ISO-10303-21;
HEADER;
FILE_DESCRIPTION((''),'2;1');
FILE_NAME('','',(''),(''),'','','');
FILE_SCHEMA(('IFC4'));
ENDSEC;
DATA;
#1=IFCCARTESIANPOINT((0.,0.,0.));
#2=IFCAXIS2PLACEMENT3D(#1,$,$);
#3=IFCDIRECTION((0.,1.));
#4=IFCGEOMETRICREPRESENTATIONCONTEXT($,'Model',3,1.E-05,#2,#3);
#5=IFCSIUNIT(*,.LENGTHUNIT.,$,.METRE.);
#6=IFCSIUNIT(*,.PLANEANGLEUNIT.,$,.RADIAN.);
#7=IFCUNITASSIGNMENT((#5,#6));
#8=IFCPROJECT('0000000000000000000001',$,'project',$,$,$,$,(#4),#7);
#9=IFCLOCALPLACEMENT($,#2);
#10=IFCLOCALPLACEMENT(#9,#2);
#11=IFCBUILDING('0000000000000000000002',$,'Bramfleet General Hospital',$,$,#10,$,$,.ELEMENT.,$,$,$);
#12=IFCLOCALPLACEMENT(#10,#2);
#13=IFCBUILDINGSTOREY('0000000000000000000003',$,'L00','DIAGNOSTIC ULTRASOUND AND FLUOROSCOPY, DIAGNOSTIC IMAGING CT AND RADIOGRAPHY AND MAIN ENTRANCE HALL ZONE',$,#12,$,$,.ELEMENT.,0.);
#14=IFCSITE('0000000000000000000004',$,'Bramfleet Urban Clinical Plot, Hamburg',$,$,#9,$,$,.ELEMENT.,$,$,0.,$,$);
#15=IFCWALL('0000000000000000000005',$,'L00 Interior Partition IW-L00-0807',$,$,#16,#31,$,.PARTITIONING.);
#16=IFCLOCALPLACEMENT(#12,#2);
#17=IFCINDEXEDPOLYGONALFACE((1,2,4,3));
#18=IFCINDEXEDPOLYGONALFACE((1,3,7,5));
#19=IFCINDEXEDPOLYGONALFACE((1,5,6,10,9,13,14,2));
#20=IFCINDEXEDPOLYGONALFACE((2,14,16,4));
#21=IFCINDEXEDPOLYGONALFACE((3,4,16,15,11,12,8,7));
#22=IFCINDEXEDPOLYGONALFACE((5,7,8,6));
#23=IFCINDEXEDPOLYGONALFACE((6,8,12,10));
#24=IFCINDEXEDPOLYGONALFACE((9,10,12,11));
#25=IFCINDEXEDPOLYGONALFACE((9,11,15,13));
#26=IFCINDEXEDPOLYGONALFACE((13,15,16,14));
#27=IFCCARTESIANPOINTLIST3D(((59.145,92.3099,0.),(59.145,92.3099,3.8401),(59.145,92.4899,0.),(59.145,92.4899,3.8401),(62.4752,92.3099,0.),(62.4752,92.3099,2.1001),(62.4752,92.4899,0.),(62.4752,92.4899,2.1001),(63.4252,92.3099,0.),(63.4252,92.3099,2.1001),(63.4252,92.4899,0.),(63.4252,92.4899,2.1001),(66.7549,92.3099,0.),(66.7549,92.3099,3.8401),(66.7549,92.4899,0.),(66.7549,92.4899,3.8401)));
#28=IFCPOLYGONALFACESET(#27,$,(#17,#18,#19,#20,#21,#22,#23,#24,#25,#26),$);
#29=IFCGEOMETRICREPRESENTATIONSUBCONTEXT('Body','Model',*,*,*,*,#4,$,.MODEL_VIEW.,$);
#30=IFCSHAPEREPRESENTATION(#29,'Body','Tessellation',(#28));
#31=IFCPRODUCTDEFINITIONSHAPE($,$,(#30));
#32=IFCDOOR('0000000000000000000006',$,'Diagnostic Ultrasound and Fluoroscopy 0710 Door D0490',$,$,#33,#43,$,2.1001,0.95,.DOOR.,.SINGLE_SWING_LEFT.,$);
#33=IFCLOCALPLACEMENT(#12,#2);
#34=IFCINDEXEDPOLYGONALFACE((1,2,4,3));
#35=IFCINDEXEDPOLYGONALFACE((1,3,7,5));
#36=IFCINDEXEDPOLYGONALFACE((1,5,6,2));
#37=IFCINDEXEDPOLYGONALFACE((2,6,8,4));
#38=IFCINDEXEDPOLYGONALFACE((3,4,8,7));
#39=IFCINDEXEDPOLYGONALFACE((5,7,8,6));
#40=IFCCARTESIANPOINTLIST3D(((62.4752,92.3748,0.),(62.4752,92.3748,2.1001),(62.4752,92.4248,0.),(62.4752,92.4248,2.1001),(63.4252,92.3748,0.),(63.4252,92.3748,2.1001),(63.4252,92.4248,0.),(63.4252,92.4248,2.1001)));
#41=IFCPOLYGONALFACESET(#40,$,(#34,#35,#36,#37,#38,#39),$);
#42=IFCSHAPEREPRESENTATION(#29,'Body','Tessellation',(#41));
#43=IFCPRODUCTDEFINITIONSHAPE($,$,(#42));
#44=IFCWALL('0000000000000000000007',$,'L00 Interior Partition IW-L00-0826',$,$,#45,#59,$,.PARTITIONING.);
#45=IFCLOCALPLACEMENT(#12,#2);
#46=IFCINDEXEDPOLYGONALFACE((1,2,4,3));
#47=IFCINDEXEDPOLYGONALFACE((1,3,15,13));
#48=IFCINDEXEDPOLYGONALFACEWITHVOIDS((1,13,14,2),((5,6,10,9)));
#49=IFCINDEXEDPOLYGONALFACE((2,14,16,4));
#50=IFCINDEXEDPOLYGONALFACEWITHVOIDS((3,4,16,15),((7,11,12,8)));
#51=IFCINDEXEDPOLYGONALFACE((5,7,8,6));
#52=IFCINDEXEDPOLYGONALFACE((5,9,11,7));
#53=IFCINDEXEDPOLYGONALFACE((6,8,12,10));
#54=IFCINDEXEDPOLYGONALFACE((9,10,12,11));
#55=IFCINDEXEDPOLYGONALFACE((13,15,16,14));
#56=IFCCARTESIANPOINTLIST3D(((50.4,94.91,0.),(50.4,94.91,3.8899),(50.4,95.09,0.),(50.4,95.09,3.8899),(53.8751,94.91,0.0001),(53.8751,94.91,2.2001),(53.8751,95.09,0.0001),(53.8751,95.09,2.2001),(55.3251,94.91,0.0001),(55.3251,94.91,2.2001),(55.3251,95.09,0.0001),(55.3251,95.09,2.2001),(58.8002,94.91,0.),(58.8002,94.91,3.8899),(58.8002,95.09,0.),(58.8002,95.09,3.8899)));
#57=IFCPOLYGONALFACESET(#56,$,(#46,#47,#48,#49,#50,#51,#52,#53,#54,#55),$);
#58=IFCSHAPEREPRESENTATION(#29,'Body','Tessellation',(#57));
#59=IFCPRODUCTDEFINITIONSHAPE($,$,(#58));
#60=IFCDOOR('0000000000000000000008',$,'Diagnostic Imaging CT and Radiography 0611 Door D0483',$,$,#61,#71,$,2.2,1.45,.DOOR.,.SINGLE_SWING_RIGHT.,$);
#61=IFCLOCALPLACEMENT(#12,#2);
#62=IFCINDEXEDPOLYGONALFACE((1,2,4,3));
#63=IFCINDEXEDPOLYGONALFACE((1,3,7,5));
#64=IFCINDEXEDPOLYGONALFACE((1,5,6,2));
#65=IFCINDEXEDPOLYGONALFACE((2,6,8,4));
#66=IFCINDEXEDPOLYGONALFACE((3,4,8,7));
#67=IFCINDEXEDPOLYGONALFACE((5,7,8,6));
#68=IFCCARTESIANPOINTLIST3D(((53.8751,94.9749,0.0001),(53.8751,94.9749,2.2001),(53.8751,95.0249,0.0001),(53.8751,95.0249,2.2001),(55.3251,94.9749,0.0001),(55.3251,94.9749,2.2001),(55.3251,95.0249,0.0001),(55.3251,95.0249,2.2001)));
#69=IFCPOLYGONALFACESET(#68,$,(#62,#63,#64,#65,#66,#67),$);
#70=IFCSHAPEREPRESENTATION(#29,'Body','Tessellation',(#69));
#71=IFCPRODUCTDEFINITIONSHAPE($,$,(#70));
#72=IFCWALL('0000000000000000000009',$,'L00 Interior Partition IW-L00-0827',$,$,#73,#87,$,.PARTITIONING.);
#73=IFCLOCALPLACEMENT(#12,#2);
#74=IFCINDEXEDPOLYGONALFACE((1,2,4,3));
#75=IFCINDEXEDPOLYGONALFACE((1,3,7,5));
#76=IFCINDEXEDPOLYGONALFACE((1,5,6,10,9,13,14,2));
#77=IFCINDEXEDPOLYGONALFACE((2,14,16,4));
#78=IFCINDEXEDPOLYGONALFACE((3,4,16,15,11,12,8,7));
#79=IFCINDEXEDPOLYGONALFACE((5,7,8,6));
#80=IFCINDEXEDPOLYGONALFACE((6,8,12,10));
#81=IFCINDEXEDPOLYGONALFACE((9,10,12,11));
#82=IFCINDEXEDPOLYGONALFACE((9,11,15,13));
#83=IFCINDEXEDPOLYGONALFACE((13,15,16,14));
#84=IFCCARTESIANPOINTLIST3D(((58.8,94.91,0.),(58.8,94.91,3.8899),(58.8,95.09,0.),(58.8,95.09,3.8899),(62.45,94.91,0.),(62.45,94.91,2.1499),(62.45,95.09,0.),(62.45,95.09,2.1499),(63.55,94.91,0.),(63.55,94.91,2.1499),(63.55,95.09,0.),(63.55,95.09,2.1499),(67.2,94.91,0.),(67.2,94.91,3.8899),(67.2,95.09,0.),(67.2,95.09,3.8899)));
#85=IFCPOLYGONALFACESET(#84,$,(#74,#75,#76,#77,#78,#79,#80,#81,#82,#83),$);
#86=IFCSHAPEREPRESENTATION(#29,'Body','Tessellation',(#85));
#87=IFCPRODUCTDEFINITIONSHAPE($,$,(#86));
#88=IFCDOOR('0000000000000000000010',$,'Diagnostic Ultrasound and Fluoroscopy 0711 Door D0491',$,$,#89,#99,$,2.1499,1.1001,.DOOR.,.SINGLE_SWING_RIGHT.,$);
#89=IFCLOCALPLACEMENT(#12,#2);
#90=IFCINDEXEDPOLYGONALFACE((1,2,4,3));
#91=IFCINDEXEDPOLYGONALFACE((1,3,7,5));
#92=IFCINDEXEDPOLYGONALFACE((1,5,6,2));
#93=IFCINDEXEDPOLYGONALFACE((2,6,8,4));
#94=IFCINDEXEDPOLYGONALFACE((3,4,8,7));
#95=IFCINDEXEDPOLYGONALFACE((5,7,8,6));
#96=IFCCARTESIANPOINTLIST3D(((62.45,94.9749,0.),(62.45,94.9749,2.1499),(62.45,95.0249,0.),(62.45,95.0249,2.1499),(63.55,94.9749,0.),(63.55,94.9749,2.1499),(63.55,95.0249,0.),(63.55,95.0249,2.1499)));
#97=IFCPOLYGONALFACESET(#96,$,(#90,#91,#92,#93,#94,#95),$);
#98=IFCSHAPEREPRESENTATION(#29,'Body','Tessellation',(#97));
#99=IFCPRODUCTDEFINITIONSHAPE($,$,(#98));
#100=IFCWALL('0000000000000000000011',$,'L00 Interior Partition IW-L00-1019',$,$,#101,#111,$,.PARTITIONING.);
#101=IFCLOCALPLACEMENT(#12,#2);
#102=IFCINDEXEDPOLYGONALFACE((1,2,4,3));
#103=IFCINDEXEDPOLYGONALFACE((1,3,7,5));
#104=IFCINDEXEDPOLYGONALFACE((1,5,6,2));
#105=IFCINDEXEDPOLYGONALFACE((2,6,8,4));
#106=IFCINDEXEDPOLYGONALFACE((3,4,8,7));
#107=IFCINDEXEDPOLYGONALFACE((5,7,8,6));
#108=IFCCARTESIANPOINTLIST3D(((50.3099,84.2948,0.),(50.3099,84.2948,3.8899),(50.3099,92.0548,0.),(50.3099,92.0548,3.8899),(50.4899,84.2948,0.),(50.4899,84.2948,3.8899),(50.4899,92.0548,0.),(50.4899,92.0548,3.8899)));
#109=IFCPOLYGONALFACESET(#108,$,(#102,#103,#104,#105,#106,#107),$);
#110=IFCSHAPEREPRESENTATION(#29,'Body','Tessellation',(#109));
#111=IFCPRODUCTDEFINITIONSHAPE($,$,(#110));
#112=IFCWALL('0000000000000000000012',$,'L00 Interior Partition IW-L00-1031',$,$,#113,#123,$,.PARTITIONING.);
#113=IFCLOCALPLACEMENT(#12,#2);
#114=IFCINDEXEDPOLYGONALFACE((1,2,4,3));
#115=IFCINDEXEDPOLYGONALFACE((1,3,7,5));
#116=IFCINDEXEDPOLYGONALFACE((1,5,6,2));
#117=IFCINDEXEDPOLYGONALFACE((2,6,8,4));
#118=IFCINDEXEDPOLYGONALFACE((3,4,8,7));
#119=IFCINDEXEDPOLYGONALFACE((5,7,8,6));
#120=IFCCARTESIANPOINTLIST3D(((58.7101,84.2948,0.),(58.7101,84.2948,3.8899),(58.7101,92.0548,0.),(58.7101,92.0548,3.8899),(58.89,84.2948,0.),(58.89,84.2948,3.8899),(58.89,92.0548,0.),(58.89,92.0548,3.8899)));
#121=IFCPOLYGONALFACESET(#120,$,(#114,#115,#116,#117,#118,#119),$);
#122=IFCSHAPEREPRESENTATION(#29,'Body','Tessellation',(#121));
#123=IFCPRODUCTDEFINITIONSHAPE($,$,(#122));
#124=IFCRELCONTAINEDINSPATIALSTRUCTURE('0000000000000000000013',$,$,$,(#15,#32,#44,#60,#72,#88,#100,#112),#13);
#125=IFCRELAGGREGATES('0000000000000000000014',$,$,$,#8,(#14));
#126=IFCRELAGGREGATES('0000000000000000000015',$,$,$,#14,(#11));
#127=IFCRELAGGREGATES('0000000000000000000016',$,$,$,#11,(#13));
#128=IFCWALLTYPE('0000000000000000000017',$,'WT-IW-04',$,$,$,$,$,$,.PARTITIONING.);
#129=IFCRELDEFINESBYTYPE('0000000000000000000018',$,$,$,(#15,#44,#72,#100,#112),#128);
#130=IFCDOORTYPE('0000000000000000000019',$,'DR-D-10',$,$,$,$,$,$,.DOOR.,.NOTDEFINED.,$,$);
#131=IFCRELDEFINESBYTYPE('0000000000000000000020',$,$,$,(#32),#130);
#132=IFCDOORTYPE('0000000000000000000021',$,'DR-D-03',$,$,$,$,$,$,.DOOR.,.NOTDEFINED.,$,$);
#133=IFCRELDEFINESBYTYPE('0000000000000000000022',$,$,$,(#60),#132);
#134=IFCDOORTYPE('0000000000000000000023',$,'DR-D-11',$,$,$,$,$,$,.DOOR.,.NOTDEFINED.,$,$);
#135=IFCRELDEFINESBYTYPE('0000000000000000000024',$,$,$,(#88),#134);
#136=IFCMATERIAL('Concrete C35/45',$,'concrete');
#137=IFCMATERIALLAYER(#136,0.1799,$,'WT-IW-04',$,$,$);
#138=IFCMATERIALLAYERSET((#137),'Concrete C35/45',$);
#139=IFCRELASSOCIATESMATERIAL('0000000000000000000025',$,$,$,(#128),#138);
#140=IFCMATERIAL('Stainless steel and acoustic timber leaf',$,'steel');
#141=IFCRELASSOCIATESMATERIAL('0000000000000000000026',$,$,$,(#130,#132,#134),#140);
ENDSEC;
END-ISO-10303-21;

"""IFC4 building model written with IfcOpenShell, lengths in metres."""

from ifc_helpers import new_model, si_unit, direction, frame, frame_2d, origin, place, context, subcontext, project, spatial, rectangle, extrude, material, layer, layer_set, type_object, element, fill, save


model = new_model("IFC4")

# Units and contexts
model_context = context("Model", 3, precision=1e-05, world=origin(), true_north=direction((0.0, 1.0)))
body_context = subcontext(model_context, "Body", "Model", "MODEL_VIEW")
ifc_project = project(units=[si_unit("LENGTHUNIT", "METRE"), si_unit("PLANEANGLEUNIT", "RADIAN")], contexts=[model_context])

# Site, building, storey
site_placement = place(None, origin())
site = spatial("IfcSite", under=ifc_project, at=site_placement, Name="Bramfleet Urban Clinical Plot, Hamburg", CompositionType="ELEMENT", RefElevation=0.0)
building_placement = place(site_placement, origin())
building = spatial("IfcBuilding", under=site, at=building_placement, Name="Bramfleet General Hospital", CompositionType="ELEMENT")
storey_placement = place(building_placement, origin())
storey = spatial("IfcBuildingStorey", under=building, at=storey_placement, Name="L00", Description="DIAGNOSTIC ULTRASOUND AND FLUOROSCOPY, DIAGNOSTIC IMAGING CT AND RADIOGRAPHY AND MAIN ENTRANCE HALL ZONE", CompositionType="ELEMENT", Elevation=0.0)

# Shared definitions
ifc_material_1 = material(Name="Concrete C35/45", Category="concrete")

# Shared definitions
ifc_layer = layer(ifc_material_1, 0.1799, Name="WT-IW-04")
ifc_layer_set = layer_set([ifc_layer], Name="Concrete C35/45")
wall_type = type_object("IfcWallType", Name="WT-IW-04", PredefinedType="PARTITIONING", material=ifc_layer_set)

# Walls, openings, doors
ifc_material_2 = material(Name="Stainless steel and acoustic timber leaf", Category="steel")
wall_1_placement = place(storey_placement, frame((59.145, 92.3999, 0.0), z_axis=(0.0, 0.0, 1.0), x_axis=(1.0, 0.0, 0.0)))
wall_1 = element("IfcWall", 1, at=wall_1_placement, inside=storey, type_object=wall_type, Name="L00 Interior Partition IW-L00-0807", PredefinedType="PARTITIONING", context=body_context, shape_type="SweptSolid", body=[
    extrude(rectangle(XDim=7.6099, YDim=0.1799, at=frame_2d((3.8049, 0.0))), origin(), (0.0, 0.0, 1.0), 3.8401),
])
opening_1_placement = place(wall_1_placement, frame((3.3301, 0.0, 0.0)))
opening_1 = element("IfcOpeningElement", 2, at=opening_1_placement, cuts=wall_1, PredefinedType="OPENING", context=body_context, shape_type="SweptSolid", body=[
    extrude(rectangle(XDim=0.95, YDim=2.1001, at=frame_2d((0.4751, 1.05))), frame((0.0, 0.0999, 0.0), z_axis=(0.0, -1.0, 0.0), x_axis=(1.0, 0.0, 0.0)), (0.0, 0.0, 1.0), 0.2),
])
door_type_1 = type_object("IfcDoorType", Name="DR-D-10", OperationType="NOTDEFINED", PredefinedType="DOOR", material=ifc_material_2)
door_1_placement = place(opening_1_placement, origin())
door_1 = element("IfcDoor", 3, at=door_1_placement, inside=storey, type_object=door_type_1, Name="Diagnostic Ultrasound and Fluoroscopy 0710 Door D0490", OperationType="SINGLE_SWING_LEFT", OverallHeight=2.1001, OverallWidth=0.95, PredefinedType="DOOR", context=body_context, shape_type="SweptSolid", body=[
    extrude(rectangle(XDim=0.95, YDim=2.1001, at=frame_2d((0.4751, 1.05))), frame((0.0, 0.0249, 0.0), z_axis=(0.0, -1.0, 0.0), x_axis=(1.0, 0.0, 0.0)), (0.0, 0.0, 1.0), 0.05),
])
fill(opening_1, door_1)
wall_2_placement = place(storey_placement, frame((50.3999, 95.0, 0.0), z_axis=(0.0, 0.0, 1.0), x_axis=(1.0, 0.0, 0.0)))
wall_2 = element("IfcWall", 4, at=wall_2_placement, inside=storey, type_object=wall_type, Name="L00 Interior Partition IW-L00-0826", PredefinedType="PARTITIONING", context=body_context, shape_type="SweptSolid", body=[
    extrude(rectangle(XDim=8.4001, YDim=0.1799, at=frame_2d((4.2002, 0.0))), origin(), (0.0, 0.0, 1.0), 3.8899),
])
opening_2_placement = place(wall_2_placement, frame((3.4751, 0.0, 0.0)))
opening_2 = element("IfcOpeningElement", 5, at=opening_2_placement, cuts=wall_2, PredefinedType="OPENING", context=body_context, shape_type="SweptSolid", body=[
    extrude(rectangle(XDim=1.45, YDim=2.2, at=frame_2d((0.7251, 1.1001))), frame((0.0, 0.0999, 0.0), z_axis=(0.0, -1.0, 0.0), x_axis=(1.0, 0.0, 0.0)), (0.0, 0.0, 1.0), 0.2),
])
door_type_2 = type_object("IfcDoorType", Name="DR-D-03", OperationType="NOTDEFINED", PredefinedType="DOOR", material=ifc_material_2)
door_2_placement = place(opening_2_placement, origin())
door_2 = element("IfcDoor", 6, at=door_2_placement, inside=storey, type_object=door_type_2, Name="Diagnostic Imaging CT and Radiography 0611 Door D0483", OperationType="SINGLE_SWING_RIGHT", OverallHeight=2.2, OverallWidth=1.45, PredefinedType="DOOR", context=body_context, shape_type="SweptSolid", body=[
    extrude(rectangle(XDim=1.45, YDim=2.2, at=frame_2d((0.7251, 1.1001))), frame((0.0, 0.0249, 0.0), z_axis=(0.0, -1.0, 0.0), x_axis=(1.0, 0.0, 0.0)), (0.0, 0.0, 1.0), 0.05),
])
fill(opening_2, door_2)
wall_3_placement = place(storey_placement, frame((58.8, 95.0, 0.0), z_axis=(0.0, 0.0, 1.0), x_axis=(1.0, 0.0, 0.0)))
wall_3 = element("IfcWall", 7, at=wall_3_placement, inside=storey, type_object=wall_type, Name="L00 Interior Partition IW-L00-0827", PredefinedType="PARTITIONING", context=body_context, shape_type="SweptSolid", body=[
    extrude(rectangle(XDim=8.3999, YDim=0.1799, at=frame_2d((4.2, 0.0))), origin(), (0.0, 0.0, 1.0), 3.8899),
])
opening_3_placement = place(wall_3_placement, frame((3.6499, 0.0, 0.0)))
opening_3 = element("IfcOpeningElement", 8, at=opening_3_placement, cuts=wall_3, PredefinedType="OPENING", context=body_context, shape_type="SweptSolid", body=[
    extrude(rectangle(XDim=1.1001, YDim=2.1499, at=frame_2d((0.55, 1.075))), frame((0.0, 0.0999, 0.0), z_axis=(0.0, -1.0, 0.0), x_axis=(1.0, 0.0, 0.0)), (0.0, 0.0, 1.0), 0.2),
])
door_type_3 = type_object("IfcDoorType", Name="DR-D-11", OperationType="NOTDEFINED", PredefinedType="DOOR", material=ifc_material_2)
door_3_placement = place(opening_3_placement, origin())
door_3 = element("IfcDoor", 9, at=door_3_placement, inside=storey, type_object=door_type_3, Name="Diagnostic Ultrasound and Fluoroscopy 0711 Door D0491", OperationType="SINGLE_SWING_RIGHT", OverallHeight=2.1499, OverallWidth=1.1001, PredefinedType="DOOR", context=body_context, shape_type="SweptSolid", body=[
    extrude(rectangle(XDim=1.1001, YDim=2.1499, at=frame_2d((0.55, 1.075))), frame((0.0, 0.0249, 0.0), z_axis=(0.0, -1.0, 0.0), x_axis=(1.0, 0.0, 0.0)), (0.0, 0.0, 1.0), 0.05),
])
fill(opening_3, door_3)

# Walls
for number, where, z_axis, x_axis, name in (
    (10, (50.3999, 84.2949, 0.0), (0.0, 0.0, 1.0), (0.0, 1.0, 0.0), "L00 Interior Partition IW-L00-1019"),
    (11, (58.8, 84.2949, 0.0), (0.0, 0.0, 1.0), (0.0, 1.0, 0.0), "L00 Interior Partition IW-L00-1031"),
):
    element("IfcWall", number, at=place(storey_placement, frame(where, z_axis=z_axis, x_axis=x_axis)), inside=storey, type_object=wall_type, Name=name, PredefinedType="PARTITIONING", context=body_context, shape_type="SweptSolid", body=[
        extrude(rectangle(XDim=7.76, YDim=0.1799, at=frame_2d((3.8799, 0.0))), origin(), (0.0, 0.0, 1.0), 3.8899),
    ])

save(model, "model.ifc")
